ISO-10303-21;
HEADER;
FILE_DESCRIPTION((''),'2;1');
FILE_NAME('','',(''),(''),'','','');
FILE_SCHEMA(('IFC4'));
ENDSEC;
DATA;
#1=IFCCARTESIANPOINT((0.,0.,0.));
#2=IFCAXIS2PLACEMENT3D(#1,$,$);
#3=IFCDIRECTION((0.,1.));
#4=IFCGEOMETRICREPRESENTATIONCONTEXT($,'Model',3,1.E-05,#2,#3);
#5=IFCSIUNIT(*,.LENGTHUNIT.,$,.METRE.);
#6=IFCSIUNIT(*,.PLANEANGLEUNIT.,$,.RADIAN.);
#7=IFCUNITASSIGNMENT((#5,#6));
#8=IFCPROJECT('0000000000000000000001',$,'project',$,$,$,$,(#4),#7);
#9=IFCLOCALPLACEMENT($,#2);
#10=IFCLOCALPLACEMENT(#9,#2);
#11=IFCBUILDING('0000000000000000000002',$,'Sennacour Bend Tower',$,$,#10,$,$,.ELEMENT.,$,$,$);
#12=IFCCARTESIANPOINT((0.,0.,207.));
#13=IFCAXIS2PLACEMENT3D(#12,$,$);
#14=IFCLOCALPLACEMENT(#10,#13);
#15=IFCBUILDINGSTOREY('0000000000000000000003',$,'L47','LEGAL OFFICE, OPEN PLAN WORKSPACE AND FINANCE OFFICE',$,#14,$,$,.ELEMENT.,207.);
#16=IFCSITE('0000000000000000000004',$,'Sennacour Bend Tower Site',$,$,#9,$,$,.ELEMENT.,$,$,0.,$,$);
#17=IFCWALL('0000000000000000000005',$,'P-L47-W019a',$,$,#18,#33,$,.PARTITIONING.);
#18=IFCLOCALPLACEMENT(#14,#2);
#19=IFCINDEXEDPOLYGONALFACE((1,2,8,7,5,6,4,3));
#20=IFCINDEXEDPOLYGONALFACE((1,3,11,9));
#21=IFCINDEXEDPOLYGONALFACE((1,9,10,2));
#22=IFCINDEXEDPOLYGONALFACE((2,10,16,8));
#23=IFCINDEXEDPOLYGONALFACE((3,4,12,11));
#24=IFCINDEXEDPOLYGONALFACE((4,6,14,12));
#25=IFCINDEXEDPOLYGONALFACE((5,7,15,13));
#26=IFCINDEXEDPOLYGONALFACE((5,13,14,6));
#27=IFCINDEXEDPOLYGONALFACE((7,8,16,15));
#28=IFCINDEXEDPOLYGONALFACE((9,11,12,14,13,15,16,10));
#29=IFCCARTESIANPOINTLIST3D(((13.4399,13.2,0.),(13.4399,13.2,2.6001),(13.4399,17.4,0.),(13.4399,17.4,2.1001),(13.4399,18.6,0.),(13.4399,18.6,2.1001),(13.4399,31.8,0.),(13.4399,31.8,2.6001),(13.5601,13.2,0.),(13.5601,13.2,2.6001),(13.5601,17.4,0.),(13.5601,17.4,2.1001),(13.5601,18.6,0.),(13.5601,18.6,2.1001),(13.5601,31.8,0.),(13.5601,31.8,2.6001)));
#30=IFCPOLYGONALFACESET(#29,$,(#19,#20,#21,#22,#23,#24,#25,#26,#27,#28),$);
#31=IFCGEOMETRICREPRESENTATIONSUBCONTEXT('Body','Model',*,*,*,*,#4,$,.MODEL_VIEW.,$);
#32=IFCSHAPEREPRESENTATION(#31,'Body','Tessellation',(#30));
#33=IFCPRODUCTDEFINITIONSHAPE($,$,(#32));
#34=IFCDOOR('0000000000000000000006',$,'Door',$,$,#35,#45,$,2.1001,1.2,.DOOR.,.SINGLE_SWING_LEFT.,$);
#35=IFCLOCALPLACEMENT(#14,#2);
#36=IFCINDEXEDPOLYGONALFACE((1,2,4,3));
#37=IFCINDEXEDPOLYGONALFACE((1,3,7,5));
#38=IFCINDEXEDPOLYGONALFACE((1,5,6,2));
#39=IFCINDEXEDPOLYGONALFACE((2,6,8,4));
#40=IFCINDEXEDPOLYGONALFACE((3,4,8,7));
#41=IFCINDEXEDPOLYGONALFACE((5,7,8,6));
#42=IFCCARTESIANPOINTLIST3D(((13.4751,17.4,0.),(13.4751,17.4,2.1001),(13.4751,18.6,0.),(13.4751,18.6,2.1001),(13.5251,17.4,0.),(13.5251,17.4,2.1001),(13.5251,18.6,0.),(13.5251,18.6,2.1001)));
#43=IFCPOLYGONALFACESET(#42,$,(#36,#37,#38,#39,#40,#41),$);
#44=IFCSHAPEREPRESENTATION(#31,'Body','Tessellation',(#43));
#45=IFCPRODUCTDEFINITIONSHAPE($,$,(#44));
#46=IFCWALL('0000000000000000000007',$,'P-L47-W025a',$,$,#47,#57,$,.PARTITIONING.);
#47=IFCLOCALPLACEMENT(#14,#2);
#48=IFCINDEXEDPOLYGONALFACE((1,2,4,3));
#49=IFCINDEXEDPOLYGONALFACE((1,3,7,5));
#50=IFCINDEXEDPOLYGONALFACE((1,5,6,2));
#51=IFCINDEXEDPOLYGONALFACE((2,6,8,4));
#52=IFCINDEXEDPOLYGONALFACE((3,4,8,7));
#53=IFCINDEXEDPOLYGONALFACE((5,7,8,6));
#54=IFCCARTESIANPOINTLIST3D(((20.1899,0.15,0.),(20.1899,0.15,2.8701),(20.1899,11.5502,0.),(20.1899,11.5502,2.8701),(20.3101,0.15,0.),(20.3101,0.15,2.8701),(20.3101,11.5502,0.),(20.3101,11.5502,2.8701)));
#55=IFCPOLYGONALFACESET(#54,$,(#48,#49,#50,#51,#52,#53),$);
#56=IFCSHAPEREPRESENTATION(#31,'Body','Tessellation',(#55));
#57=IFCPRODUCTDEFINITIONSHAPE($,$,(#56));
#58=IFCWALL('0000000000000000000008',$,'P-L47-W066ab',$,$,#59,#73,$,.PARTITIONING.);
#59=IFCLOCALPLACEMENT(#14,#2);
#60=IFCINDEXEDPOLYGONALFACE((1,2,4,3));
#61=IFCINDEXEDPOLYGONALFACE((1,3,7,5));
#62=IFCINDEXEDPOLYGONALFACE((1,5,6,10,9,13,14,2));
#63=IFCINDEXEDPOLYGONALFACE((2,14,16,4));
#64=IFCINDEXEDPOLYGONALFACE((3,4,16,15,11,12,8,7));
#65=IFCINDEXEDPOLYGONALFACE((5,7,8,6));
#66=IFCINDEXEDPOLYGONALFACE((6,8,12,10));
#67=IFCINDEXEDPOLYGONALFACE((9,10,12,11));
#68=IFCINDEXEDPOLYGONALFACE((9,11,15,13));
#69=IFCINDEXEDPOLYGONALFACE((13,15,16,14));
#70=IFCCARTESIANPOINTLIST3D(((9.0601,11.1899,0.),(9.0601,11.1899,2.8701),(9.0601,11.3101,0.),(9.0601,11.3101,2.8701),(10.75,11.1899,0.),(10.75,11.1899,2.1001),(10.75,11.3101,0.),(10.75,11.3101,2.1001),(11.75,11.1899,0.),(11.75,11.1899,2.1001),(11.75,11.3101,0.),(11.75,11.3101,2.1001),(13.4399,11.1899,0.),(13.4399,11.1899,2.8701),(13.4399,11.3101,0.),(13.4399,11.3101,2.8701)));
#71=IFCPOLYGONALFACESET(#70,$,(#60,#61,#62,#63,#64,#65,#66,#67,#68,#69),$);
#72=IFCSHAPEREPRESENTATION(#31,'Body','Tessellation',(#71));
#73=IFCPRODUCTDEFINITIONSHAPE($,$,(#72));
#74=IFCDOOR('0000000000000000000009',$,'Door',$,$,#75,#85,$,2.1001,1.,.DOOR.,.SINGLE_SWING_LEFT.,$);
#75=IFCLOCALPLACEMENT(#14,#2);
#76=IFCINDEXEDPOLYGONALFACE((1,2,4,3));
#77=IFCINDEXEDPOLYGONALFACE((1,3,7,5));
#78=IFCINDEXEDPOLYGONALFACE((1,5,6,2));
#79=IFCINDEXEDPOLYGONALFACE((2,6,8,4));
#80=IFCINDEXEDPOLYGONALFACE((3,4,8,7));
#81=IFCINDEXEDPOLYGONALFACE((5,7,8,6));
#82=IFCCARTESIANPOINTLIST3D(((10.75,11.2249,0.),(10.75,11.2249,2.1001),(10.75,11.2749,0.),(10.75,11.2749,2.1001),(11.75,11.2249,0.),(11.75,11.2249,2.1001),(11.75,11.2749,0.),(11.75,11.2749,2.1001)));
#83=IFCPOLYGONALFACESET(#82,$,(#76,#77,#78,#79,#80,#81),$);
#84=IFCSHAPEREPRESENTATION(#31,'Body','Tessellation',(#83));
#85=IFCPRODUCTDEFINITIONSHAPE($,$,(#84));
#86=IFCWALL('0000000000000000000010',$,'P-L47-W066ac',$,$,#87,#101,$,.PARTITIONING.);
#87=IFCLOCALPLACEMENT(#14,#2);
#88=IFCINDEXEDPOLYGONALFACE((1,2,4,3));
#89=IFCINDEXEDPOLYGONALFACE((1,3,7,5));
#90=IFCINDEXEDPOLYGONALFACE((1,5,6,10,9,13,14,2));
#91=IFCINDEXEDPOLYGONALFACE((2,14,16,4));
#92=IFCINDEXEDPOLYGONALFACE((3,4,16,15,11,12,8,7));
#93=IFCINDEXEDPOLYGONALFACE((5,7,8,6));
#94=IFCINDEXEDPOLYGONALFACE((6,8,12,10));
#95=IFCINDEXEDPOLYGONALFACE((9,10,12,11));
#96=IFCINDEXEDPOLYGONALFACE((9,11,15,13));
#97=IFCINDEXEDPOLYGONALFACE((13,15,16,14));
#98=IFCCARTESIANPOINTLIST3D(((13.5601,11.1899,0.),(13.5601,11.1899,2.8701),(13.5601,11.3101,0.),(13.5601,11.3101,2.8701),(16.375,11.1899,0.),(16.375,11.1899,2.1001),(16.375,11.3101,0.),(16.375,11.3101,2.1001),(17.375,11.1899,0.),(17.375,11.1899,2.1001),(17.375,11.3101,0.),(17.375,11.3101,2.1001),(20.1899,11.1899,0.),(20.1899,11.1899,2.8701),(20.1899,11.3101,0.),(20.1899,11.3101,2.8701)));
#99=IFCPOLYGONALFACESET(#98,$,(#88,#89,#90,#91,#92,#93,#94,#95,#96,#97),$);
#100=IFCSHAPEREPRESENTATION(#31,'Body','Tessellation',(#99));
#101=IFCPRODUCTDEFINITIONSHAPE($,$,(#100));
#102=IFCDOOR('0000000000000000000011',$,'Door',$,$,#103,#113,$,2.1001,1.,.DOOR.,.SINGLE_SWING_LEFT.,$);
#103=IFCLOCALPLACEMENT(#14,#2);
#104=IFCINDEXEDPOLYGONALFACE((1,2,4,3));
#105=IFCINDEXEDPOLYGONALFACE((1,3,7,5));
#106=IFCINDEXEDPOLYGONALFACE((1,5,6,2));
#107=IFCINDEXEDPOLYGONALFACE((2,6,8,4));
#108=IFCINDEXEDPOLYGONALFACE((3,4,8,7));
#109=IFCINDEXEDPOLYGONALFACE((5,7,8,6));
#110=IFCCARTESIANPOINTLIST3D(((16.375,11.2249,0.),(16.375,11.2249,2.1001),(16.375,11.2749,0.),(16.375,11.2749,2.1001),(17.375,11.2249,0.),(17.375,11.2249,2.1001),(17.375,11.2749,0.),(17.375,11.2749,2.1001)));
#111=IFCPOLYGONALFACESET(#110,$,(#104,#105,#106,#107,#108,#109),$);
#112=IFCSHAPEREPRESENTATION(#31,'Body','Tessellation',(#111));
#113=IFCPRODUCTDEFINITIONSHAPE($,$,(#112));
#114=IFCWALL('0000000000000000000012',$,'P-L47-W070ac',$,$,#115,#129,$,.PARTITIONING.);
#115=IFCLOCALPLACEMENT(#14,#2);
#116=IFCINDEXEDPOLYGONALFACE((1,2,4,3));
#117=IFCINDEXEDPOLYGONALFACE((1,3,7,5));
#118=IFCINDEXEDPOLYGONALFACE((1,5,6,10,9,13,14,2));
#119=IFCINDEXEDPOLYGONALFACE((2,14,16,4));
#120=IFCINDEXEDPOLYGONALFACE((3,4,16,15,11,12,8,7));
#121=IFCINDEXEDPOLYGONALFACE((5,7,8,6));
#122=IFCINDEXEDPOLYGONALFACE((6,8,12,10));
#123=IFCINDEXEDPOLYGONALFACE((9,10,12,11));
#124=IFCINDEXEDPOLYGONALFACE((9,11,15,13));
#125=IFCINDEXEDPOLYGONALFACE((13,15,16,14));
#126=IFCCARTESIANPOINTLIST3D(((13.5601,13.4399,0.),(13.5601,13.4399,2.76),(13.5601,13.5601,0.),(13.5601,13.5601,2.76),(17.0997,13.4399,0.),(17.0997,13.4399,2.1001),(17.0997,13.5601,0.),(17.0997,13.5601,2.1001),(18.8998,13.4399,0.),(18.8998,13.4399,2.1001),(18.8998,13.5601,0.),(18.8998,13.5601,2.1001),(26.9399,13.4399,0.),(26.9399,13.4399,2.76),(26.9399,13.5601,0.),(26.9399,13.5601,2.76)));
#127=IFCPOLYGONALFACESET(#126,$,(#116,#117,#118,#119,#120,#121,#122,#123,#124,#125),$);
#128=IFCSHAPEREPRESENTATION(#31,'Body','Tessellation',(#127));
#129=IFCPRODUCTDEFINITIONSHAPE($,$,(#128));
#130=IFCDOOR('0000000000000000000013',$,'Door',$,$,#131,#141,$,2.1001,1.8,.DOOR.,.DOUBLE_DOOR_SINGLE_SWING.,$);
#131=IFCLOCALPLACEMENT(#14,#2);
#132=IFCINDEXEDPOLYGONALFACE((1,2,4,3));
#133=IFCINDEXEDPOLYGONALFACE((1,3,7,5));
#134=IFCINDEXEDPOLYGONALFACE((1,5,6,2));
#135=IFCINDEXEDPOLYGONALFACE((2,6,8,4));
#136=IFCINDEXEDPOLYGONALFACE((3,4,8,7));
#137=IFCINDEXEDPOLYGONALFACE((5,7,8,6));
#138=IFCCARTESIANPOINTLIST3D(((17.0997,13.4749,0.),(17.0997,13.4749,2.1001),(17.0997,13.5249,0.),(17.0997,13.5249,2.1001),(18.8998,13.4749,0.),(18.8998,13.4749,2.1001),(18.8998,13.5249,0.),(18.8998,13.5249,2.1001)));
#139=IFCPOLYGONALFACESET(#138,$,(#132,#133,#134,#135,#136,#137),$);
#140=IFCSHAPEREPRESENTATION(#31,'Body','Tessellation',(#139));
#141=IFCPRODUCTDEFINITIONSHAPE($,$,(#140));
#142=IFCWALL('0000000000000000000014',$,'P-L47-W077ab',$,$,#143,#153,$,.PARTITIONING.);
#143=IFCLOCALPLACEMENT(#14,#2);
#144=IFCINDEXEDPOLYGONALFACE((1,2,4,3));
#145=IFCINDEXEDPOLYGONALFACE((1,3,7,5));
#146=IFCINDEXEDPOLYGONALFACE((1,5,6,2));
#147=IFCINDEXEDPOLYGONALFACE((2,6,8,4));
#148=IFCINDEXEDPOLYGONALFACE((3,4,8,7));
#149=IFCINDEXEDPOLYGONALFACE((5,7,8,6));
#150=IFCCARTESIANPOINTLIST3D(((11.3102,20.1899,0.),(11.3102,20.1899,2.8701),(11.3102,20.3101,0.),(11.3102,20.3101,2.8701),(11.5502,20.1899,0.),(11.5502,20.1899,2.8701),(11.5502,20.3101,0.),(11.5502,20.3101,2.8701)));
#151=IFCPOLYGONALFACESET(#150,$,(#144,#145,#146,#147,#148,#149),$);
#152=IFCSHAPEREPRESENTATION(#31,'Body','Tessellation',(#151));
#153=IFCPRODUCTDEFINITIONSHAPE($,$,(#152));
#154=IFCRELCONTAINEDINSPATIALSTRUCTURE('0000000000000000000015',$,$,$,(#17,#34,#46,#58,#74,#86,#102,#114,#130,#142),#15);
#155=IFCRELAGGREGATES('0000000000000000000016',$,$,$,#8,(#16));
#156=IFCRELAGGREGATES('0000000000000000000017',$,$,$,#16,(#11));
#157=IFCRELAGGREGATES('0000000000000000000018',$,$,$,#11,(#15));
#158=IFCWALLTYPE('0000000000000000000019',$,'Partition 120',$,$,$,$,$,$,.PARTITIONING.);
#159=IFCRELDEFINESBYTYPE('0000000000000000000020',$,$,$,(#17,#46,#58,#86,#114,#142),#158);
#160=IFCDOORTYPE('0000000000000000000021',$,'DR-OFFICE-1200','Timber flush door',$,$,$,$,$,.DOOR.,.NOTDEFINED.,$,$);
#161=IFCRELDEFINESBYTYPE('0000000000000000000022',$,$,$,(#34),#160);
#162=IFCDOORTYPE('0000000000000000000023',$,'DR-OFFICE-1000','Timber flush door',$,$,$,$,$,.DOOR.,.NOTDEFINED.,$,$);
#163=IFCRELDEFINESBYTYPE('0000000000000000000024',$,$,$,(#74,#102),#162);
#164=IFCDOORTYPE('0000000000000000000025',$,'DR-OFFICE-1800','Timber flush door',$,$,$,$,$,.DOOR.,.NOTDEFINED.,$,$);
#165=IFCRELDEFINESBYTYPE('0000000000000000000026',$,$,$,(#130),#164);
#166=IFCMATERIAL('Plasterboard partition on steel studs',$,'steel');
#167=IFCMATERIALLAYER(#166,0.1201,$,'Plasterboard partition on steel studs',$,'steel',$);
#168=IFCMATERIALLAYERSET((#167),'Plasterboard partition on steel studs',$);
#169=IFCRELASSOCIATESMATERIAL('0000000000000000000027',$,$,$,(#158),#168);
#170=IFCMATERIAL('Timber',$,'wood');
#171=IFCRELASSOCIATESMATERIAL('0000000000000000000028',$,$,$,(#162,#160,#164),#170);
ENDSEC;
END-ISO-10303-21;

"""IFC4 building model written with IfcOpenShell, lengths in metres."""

from ifc_helpers import new_model, si_unit, direction, frame, frame_2d, origin, place, context, subcontext, project, spatial, rectangle, extrude, material, layer, layer_set, type_object, element, fill, save


model = new_model("IFC4")

# Units and contexts
model_context = context("Model", 3, precision=1e-05, world=origin(), true_north=direction((0.0, 1.0)))
body_context = subcontext(model_context, "Body", "Model", "MODEL_VIEW")
ifc_project = project(units=[si_unit("LENGTHUNIT", "METRE"), si_unit("PLANEANGLEUNIT", "RADIAN")], contexts=[model_context])

# Site, building, storey
site_placement = place(None, origin())
site = spatial("IfcSite", under=ifc_project, at=site_placement, Name="Sennacour Bend Tower Site", CompositionType="ELEMENT", RefElevation=0.0)
building_placement = place(site_placement, origin())
building = spatial("IfcBuilding", under=site, at=building_placement, Name="Sennacour Bend Tower", CompositionType="ELEMENT")
storey_placement = place(building_placement, frame((0.0, 0.0, 207.0)))
storey = spatial("IfcBuildingStorey", under=building, at=storey_placement, Name="L47", Description="LEGAL OFFICE, OPEN PLAN WORKSPACE AND FINANCE OFFICE", CompositionType="ELEMENT", Elevation=207.0)

# Shared definitions
ifc_material_1 = material(Name="Plasterboard partition on steel studs", Category="steel")
ifc_layer_1 = layer(ifc_material_1, 0.1201, Name="Plasterboard partition on steel studs", Category="steel")
ifc_layer_set_1 = layer_set([ifc_layer_1], Name="Plasterboard partition on steel studs")
wall_type_1 = type_object("IfcWallType", Name="Partition 120", PredefinedType="PARTITIONING", material=ifc_layer_set_1)

# Shared definitions
ifc_material_2 = material(Name="Timber", Category="wood")
door_type_1 = type_object("IfcDoorType", Name="DR-OFFICE-1000", Description="Timber flush door", OperationType="NOTDEFINED", PredefinedType="DOOR", material=ifc_material_2)

# Wall, opening, door
wall_1_placement = place(storey_placement, frame((13.5, 13.2, 0.0), z_axis=(0.0, 0.0, 1.0), x_axis=(0.0, 1.0, 0.0)))
wall_1 = element("IfcWall", 1, at=wall_1_placement, inside=storey, type_object=wall_type_1, Name="P-L47-W019a", PredefinedType="PARTITIONING", context=body_context, shape_type="SweptSolid", body=[
    extrude(rectangle(XDim=18.6001, YDim=0.1201, at=frame_2d((9.3, 0.0))), origin(), (0.0, 0.0, 1.0), 2.6001),
])
opening_1_placement = place(wall_1_placement, frame((4.2, 0.0, 0.0)))
opening_1 = element("IfcOpeningElement", 2, at=opening_1_placement, cuts=wall_1, PredefinedType="OPENING", context=body_context, shape_type="SweptSolid", body=[
    extrude(rectangle(XDim=1.2, YDim=2.1001, at=frame_2d((0.6001, 1.05))), frame((0.0, 0.0701, 0.0), z_axis=(0.0, -1.0, 0.0), x_axis=(1.0, 0.0, 0.0)), (0.0, 0.0, 1.0), 0.1401),
])
door_type_2 = type_object("IfcDoorType", Name="DR-OFFICE-1200", Description="Timber flush door", OperationType="NOTDEFINED", PredefinedType="DOOR", material=ifc_material_2)
door_1_placement = place(opening_1_placement, origin())
door_1 = element("IfcDoor", 3, at=door_1_placement, inside=storey, type_object=door_type_2, Name="Door", OperationType="SINGLE_SWING_LEFT", OverallHeight=2.1001, OverallWidth=1.2, PredefinedType="DOOR", context=body_context, shape_type="SweptSolid", body=[
    extrude(rectangle(XDim=1.2, YDim=2.1001, at=frame_2d((0.6001, 1.05))), frame((0.0, 0.0249, 0.0), z_axis=(0.0, -1.0, 0.0), x_axis=(1.0, 0.0, 0.0)), (0.0, 0.0, 1.0), 0.05),
])
fill(opening_1, door_1)

# Wall
wall_2_placement = place(storey_placement, frame((20.25, 0.1499, 0.0), z_axis=(0.0, 0.0, 1.0), x_axis=(0.0, 1.0, 0.0)))
element("IfcWall", 4, at=wall_2_placement, inside=storey, type_object=wall_type_1, Name="P-L47-W025a", PredefinedType="PARTITIONING", context=body_context, shape_type="SweptSolid", body=[
    extrude(rectangle(XDim=11.4001, YDim=0.1201, at=frame_2d((5.7002, 0.0))), origin(), (0.0, 0.0, 1.0), 2.8701),
])

# Walls, openings, doors
wall_3_placement = place(storey_placement, frame((9.0601, 11.25, 0.0), z_axis=(0.0, 0.0, 1.0), x_axis=(1.0, 0.0, 0.0)))
wall_3 = element("IfcWall", 5, at=wall_3_placement, inside=storey, type_object=wall_type_1, Name="P-L47-W066ab", PredefinedType="PARTITIONING", context=body_context, shape_type="SweptSolid", body=[
    extrude(rectangle(XDim=4.3799, YDim=0.1201, at=frame_2d((2.1899, 0.0))), origin(), (0.0, 0.0, 1.0), 2.8701),
])
opening_2_placement = place(wall_3_placement, frame((1.6899, 0.0, 0.0)))
opening_2 = element("IfcOpeningElement", 6, at=opening_2_placement, cuts=wall_3, PredefinedType="OPENING", context=body_context, shape_type="SweptSolid", body=[
    extrude(rectangle(XDim=1.0, YDim=2.1001, at=frame_2d((0.5, 1.05))), frame((0.0, 0.0701, 0.0), z_axis=(0.0, -1.0, 0.0), x_axis=(1.0, 0.0, 0.0)), (0.0, 0.0, 1.0), 0.1401),
])
door_2_placement = place(opening_2_placement, origin())
door_2 = element("IfcDoor", 7, at=door_2_placement, inside=storey, type_object=door_type_1, Name="Door", OperationType="SINGLE_SWING_LEFT", OverallHeight=2.1001, OverallWidth=1.0, PredefinedType="DOOR", context=body_context, shape_type="SweptSolid", body=[
    extrude(rectangle(XDim=1.0, YDim=2.1001, at=frame_2d((0.5, 1.05))), frame((0.0, 0.0249, 0.0), z_axis=(0.0, -1.0, 0.0), x_axis=(1.0, 0.0, 0.0)), (0.0, 0.0, 1.0), 0.05),
])
fill(opening_2, door_2)
wall_4_placement = place(storey_placement, frame((13.5601, 11.25, 0.0), z_axis=(0.0, 0.0, 1.0), x_axis=(1.0, 0.0, 0.0)))
wall_4 = element("IfcWall", 8, at=wall_4_placement, inside=storey, type_object=wall_type_1, Name="P-L47-W066ac", PredefinedType="PARTITIONING", context=body_context, shape_type="SweptSolid", body=[
    extrude(rectangle(XDim=6.6299, YDim=0.1201, at=frame_2d((3.3149, 0.0))), origin(), (0.0, 0.0, 1.0), 2.8701),
])
opening_3_placement = place(wall_4_placement, frame((2.8149, 0.0, 0.0)))
opening_3 = element("IfcOpeningElement", 9, at=opening_3_placement, cuts=wall_4, PredefinedType="OPENING", context=body_context, shape_type="SweptSolid", body=[
    extrude(rectangle(XDim=1.0, YDim=2.1001, at=frame_2d((0.5, 1.05))), frame((0.0, 0.0701, 0.0), z_axis=(0.0, -1.0, 0.0), x_axis=(1.0, 0.0, 0.0)), (0.0, 0.0, 1.0), 0.1401),
])
door_3_placement = place(opening_3_placement, origin())
door_3 = element("IfcDoor", 10, at=door_3_placement, inside=storey, type_object=door_type_1, Name="Door", OperationType="SINGLE_SWING_LEFT", OverallHeight=2.1001, OverallWidth=1.0, PredefinedType="DOOR", context=body_context, shape_type="SweptSolid", body=[
    extrude(rectangle(XDim=1.0, YDim=2.1001, at=frame_2d((0.5, 1.05))), frame((0.0, 0.0249, 0.0), z_axis=(0.0, -1.0, 0.0), x_axis=(1.0, 0.0, 0.0)), (0.0, 0.0, 1.0), 0.05),
])
fill(opening_3, door_3)
wall_5_placement = place(storey_placement, frame((13.5601, 13.5, 0.0), z_axis=(0.0, 0.0, 1.0), x_axis=(1.0, 0.0, 0.0)))
wall_5 = element("IfcWall", 11, at=wall_5_placement, inside=storey, type_object=wall_type_1, Name="P-L47-W070ac", PredefinedType="PARTITIONING", context=body_context, shape_type="SweptSolid", body=[
    extrude(rectangle(XDim=13.3799, YDim=0.1201, at=frame_2d((6.6899, 0.0))), origin(), (0.0, 0.0, 1.0), 2.76),
])
opening_4_placement = place(wall_5_placement, frame((3.5398, 0.0, 0.0)))
opening_4 = element("IfcOpeningElement", 12, at=opening_4_placement, cuts=wall_5, PredefinedType="OPENING", context=body_context, shape_type="SweptSolid", body=[
    extrude(rectangle(XDim=1.8, YDim=2.1001, at=frame_2d((0.8999, 1.05))), frame((0.0, 0.0701, 0.0), z_axis=(0.0, -1.0, 0.0), x_axis=(1.0, 0.0, 0.0)), (0.0, 0.0, 1.0), 0.1401),
])
door_type_3 = type_object("IfcDoorType", Name="DR-OFFICE-1800", Description="Timber flush door", OperationType="NOTDEFINED", PredefinedType="DOOR", material=ifc_material_2)
door_4_placement = place(opening_4_placement, origin())
door_4 = element("IfcDoor", 13, at=door_4_placement, inside=storey, type_object=door_type_3, Name="Door", OperationType="DOUBLE_DOOR_SINGLE_SWING", OverallHeight=2.1001, OverallWidth=1.8, PredefinedType="DOOR", context=body_context, shape_type="SweptSolid", body=[
    extrude(rectangle(XDim=1.8, YDim=2.1001, at=frame_2d((0.8999, 1.05))), frame((0.0, 0.0249, 0.0), z_axis=(0.0, -1.0, 0.0), x_axis=(1.0, 0.0, 0.0)), (0.0, 0.0, 1.0), 0.05),
])
fill(opening_4, door_4)

# Wall
wall_6_placement = place(storey_placement, frame((11.3101, 20.25, 0.0), z_axis=(0.0, 0.0, 1.0), x_axis=(1.0, 0.0, 0.0)))
element("IfcWall", 14, at=wall_6_placement, inside=storey, type_object=wall_type_1, Name="P-L47-W077ab", PredefinedType="PARTITIONING", context=body_context, shape_type="SweptSolid", body=[
    extrude(rectangle(XDim=0.24, YDim=0.1201, at=frame_2d((0.1201, 0.0))), origin(), (0.0, 0.0, 1.0), 2.8701),
])

save(model, "model.ifc")
